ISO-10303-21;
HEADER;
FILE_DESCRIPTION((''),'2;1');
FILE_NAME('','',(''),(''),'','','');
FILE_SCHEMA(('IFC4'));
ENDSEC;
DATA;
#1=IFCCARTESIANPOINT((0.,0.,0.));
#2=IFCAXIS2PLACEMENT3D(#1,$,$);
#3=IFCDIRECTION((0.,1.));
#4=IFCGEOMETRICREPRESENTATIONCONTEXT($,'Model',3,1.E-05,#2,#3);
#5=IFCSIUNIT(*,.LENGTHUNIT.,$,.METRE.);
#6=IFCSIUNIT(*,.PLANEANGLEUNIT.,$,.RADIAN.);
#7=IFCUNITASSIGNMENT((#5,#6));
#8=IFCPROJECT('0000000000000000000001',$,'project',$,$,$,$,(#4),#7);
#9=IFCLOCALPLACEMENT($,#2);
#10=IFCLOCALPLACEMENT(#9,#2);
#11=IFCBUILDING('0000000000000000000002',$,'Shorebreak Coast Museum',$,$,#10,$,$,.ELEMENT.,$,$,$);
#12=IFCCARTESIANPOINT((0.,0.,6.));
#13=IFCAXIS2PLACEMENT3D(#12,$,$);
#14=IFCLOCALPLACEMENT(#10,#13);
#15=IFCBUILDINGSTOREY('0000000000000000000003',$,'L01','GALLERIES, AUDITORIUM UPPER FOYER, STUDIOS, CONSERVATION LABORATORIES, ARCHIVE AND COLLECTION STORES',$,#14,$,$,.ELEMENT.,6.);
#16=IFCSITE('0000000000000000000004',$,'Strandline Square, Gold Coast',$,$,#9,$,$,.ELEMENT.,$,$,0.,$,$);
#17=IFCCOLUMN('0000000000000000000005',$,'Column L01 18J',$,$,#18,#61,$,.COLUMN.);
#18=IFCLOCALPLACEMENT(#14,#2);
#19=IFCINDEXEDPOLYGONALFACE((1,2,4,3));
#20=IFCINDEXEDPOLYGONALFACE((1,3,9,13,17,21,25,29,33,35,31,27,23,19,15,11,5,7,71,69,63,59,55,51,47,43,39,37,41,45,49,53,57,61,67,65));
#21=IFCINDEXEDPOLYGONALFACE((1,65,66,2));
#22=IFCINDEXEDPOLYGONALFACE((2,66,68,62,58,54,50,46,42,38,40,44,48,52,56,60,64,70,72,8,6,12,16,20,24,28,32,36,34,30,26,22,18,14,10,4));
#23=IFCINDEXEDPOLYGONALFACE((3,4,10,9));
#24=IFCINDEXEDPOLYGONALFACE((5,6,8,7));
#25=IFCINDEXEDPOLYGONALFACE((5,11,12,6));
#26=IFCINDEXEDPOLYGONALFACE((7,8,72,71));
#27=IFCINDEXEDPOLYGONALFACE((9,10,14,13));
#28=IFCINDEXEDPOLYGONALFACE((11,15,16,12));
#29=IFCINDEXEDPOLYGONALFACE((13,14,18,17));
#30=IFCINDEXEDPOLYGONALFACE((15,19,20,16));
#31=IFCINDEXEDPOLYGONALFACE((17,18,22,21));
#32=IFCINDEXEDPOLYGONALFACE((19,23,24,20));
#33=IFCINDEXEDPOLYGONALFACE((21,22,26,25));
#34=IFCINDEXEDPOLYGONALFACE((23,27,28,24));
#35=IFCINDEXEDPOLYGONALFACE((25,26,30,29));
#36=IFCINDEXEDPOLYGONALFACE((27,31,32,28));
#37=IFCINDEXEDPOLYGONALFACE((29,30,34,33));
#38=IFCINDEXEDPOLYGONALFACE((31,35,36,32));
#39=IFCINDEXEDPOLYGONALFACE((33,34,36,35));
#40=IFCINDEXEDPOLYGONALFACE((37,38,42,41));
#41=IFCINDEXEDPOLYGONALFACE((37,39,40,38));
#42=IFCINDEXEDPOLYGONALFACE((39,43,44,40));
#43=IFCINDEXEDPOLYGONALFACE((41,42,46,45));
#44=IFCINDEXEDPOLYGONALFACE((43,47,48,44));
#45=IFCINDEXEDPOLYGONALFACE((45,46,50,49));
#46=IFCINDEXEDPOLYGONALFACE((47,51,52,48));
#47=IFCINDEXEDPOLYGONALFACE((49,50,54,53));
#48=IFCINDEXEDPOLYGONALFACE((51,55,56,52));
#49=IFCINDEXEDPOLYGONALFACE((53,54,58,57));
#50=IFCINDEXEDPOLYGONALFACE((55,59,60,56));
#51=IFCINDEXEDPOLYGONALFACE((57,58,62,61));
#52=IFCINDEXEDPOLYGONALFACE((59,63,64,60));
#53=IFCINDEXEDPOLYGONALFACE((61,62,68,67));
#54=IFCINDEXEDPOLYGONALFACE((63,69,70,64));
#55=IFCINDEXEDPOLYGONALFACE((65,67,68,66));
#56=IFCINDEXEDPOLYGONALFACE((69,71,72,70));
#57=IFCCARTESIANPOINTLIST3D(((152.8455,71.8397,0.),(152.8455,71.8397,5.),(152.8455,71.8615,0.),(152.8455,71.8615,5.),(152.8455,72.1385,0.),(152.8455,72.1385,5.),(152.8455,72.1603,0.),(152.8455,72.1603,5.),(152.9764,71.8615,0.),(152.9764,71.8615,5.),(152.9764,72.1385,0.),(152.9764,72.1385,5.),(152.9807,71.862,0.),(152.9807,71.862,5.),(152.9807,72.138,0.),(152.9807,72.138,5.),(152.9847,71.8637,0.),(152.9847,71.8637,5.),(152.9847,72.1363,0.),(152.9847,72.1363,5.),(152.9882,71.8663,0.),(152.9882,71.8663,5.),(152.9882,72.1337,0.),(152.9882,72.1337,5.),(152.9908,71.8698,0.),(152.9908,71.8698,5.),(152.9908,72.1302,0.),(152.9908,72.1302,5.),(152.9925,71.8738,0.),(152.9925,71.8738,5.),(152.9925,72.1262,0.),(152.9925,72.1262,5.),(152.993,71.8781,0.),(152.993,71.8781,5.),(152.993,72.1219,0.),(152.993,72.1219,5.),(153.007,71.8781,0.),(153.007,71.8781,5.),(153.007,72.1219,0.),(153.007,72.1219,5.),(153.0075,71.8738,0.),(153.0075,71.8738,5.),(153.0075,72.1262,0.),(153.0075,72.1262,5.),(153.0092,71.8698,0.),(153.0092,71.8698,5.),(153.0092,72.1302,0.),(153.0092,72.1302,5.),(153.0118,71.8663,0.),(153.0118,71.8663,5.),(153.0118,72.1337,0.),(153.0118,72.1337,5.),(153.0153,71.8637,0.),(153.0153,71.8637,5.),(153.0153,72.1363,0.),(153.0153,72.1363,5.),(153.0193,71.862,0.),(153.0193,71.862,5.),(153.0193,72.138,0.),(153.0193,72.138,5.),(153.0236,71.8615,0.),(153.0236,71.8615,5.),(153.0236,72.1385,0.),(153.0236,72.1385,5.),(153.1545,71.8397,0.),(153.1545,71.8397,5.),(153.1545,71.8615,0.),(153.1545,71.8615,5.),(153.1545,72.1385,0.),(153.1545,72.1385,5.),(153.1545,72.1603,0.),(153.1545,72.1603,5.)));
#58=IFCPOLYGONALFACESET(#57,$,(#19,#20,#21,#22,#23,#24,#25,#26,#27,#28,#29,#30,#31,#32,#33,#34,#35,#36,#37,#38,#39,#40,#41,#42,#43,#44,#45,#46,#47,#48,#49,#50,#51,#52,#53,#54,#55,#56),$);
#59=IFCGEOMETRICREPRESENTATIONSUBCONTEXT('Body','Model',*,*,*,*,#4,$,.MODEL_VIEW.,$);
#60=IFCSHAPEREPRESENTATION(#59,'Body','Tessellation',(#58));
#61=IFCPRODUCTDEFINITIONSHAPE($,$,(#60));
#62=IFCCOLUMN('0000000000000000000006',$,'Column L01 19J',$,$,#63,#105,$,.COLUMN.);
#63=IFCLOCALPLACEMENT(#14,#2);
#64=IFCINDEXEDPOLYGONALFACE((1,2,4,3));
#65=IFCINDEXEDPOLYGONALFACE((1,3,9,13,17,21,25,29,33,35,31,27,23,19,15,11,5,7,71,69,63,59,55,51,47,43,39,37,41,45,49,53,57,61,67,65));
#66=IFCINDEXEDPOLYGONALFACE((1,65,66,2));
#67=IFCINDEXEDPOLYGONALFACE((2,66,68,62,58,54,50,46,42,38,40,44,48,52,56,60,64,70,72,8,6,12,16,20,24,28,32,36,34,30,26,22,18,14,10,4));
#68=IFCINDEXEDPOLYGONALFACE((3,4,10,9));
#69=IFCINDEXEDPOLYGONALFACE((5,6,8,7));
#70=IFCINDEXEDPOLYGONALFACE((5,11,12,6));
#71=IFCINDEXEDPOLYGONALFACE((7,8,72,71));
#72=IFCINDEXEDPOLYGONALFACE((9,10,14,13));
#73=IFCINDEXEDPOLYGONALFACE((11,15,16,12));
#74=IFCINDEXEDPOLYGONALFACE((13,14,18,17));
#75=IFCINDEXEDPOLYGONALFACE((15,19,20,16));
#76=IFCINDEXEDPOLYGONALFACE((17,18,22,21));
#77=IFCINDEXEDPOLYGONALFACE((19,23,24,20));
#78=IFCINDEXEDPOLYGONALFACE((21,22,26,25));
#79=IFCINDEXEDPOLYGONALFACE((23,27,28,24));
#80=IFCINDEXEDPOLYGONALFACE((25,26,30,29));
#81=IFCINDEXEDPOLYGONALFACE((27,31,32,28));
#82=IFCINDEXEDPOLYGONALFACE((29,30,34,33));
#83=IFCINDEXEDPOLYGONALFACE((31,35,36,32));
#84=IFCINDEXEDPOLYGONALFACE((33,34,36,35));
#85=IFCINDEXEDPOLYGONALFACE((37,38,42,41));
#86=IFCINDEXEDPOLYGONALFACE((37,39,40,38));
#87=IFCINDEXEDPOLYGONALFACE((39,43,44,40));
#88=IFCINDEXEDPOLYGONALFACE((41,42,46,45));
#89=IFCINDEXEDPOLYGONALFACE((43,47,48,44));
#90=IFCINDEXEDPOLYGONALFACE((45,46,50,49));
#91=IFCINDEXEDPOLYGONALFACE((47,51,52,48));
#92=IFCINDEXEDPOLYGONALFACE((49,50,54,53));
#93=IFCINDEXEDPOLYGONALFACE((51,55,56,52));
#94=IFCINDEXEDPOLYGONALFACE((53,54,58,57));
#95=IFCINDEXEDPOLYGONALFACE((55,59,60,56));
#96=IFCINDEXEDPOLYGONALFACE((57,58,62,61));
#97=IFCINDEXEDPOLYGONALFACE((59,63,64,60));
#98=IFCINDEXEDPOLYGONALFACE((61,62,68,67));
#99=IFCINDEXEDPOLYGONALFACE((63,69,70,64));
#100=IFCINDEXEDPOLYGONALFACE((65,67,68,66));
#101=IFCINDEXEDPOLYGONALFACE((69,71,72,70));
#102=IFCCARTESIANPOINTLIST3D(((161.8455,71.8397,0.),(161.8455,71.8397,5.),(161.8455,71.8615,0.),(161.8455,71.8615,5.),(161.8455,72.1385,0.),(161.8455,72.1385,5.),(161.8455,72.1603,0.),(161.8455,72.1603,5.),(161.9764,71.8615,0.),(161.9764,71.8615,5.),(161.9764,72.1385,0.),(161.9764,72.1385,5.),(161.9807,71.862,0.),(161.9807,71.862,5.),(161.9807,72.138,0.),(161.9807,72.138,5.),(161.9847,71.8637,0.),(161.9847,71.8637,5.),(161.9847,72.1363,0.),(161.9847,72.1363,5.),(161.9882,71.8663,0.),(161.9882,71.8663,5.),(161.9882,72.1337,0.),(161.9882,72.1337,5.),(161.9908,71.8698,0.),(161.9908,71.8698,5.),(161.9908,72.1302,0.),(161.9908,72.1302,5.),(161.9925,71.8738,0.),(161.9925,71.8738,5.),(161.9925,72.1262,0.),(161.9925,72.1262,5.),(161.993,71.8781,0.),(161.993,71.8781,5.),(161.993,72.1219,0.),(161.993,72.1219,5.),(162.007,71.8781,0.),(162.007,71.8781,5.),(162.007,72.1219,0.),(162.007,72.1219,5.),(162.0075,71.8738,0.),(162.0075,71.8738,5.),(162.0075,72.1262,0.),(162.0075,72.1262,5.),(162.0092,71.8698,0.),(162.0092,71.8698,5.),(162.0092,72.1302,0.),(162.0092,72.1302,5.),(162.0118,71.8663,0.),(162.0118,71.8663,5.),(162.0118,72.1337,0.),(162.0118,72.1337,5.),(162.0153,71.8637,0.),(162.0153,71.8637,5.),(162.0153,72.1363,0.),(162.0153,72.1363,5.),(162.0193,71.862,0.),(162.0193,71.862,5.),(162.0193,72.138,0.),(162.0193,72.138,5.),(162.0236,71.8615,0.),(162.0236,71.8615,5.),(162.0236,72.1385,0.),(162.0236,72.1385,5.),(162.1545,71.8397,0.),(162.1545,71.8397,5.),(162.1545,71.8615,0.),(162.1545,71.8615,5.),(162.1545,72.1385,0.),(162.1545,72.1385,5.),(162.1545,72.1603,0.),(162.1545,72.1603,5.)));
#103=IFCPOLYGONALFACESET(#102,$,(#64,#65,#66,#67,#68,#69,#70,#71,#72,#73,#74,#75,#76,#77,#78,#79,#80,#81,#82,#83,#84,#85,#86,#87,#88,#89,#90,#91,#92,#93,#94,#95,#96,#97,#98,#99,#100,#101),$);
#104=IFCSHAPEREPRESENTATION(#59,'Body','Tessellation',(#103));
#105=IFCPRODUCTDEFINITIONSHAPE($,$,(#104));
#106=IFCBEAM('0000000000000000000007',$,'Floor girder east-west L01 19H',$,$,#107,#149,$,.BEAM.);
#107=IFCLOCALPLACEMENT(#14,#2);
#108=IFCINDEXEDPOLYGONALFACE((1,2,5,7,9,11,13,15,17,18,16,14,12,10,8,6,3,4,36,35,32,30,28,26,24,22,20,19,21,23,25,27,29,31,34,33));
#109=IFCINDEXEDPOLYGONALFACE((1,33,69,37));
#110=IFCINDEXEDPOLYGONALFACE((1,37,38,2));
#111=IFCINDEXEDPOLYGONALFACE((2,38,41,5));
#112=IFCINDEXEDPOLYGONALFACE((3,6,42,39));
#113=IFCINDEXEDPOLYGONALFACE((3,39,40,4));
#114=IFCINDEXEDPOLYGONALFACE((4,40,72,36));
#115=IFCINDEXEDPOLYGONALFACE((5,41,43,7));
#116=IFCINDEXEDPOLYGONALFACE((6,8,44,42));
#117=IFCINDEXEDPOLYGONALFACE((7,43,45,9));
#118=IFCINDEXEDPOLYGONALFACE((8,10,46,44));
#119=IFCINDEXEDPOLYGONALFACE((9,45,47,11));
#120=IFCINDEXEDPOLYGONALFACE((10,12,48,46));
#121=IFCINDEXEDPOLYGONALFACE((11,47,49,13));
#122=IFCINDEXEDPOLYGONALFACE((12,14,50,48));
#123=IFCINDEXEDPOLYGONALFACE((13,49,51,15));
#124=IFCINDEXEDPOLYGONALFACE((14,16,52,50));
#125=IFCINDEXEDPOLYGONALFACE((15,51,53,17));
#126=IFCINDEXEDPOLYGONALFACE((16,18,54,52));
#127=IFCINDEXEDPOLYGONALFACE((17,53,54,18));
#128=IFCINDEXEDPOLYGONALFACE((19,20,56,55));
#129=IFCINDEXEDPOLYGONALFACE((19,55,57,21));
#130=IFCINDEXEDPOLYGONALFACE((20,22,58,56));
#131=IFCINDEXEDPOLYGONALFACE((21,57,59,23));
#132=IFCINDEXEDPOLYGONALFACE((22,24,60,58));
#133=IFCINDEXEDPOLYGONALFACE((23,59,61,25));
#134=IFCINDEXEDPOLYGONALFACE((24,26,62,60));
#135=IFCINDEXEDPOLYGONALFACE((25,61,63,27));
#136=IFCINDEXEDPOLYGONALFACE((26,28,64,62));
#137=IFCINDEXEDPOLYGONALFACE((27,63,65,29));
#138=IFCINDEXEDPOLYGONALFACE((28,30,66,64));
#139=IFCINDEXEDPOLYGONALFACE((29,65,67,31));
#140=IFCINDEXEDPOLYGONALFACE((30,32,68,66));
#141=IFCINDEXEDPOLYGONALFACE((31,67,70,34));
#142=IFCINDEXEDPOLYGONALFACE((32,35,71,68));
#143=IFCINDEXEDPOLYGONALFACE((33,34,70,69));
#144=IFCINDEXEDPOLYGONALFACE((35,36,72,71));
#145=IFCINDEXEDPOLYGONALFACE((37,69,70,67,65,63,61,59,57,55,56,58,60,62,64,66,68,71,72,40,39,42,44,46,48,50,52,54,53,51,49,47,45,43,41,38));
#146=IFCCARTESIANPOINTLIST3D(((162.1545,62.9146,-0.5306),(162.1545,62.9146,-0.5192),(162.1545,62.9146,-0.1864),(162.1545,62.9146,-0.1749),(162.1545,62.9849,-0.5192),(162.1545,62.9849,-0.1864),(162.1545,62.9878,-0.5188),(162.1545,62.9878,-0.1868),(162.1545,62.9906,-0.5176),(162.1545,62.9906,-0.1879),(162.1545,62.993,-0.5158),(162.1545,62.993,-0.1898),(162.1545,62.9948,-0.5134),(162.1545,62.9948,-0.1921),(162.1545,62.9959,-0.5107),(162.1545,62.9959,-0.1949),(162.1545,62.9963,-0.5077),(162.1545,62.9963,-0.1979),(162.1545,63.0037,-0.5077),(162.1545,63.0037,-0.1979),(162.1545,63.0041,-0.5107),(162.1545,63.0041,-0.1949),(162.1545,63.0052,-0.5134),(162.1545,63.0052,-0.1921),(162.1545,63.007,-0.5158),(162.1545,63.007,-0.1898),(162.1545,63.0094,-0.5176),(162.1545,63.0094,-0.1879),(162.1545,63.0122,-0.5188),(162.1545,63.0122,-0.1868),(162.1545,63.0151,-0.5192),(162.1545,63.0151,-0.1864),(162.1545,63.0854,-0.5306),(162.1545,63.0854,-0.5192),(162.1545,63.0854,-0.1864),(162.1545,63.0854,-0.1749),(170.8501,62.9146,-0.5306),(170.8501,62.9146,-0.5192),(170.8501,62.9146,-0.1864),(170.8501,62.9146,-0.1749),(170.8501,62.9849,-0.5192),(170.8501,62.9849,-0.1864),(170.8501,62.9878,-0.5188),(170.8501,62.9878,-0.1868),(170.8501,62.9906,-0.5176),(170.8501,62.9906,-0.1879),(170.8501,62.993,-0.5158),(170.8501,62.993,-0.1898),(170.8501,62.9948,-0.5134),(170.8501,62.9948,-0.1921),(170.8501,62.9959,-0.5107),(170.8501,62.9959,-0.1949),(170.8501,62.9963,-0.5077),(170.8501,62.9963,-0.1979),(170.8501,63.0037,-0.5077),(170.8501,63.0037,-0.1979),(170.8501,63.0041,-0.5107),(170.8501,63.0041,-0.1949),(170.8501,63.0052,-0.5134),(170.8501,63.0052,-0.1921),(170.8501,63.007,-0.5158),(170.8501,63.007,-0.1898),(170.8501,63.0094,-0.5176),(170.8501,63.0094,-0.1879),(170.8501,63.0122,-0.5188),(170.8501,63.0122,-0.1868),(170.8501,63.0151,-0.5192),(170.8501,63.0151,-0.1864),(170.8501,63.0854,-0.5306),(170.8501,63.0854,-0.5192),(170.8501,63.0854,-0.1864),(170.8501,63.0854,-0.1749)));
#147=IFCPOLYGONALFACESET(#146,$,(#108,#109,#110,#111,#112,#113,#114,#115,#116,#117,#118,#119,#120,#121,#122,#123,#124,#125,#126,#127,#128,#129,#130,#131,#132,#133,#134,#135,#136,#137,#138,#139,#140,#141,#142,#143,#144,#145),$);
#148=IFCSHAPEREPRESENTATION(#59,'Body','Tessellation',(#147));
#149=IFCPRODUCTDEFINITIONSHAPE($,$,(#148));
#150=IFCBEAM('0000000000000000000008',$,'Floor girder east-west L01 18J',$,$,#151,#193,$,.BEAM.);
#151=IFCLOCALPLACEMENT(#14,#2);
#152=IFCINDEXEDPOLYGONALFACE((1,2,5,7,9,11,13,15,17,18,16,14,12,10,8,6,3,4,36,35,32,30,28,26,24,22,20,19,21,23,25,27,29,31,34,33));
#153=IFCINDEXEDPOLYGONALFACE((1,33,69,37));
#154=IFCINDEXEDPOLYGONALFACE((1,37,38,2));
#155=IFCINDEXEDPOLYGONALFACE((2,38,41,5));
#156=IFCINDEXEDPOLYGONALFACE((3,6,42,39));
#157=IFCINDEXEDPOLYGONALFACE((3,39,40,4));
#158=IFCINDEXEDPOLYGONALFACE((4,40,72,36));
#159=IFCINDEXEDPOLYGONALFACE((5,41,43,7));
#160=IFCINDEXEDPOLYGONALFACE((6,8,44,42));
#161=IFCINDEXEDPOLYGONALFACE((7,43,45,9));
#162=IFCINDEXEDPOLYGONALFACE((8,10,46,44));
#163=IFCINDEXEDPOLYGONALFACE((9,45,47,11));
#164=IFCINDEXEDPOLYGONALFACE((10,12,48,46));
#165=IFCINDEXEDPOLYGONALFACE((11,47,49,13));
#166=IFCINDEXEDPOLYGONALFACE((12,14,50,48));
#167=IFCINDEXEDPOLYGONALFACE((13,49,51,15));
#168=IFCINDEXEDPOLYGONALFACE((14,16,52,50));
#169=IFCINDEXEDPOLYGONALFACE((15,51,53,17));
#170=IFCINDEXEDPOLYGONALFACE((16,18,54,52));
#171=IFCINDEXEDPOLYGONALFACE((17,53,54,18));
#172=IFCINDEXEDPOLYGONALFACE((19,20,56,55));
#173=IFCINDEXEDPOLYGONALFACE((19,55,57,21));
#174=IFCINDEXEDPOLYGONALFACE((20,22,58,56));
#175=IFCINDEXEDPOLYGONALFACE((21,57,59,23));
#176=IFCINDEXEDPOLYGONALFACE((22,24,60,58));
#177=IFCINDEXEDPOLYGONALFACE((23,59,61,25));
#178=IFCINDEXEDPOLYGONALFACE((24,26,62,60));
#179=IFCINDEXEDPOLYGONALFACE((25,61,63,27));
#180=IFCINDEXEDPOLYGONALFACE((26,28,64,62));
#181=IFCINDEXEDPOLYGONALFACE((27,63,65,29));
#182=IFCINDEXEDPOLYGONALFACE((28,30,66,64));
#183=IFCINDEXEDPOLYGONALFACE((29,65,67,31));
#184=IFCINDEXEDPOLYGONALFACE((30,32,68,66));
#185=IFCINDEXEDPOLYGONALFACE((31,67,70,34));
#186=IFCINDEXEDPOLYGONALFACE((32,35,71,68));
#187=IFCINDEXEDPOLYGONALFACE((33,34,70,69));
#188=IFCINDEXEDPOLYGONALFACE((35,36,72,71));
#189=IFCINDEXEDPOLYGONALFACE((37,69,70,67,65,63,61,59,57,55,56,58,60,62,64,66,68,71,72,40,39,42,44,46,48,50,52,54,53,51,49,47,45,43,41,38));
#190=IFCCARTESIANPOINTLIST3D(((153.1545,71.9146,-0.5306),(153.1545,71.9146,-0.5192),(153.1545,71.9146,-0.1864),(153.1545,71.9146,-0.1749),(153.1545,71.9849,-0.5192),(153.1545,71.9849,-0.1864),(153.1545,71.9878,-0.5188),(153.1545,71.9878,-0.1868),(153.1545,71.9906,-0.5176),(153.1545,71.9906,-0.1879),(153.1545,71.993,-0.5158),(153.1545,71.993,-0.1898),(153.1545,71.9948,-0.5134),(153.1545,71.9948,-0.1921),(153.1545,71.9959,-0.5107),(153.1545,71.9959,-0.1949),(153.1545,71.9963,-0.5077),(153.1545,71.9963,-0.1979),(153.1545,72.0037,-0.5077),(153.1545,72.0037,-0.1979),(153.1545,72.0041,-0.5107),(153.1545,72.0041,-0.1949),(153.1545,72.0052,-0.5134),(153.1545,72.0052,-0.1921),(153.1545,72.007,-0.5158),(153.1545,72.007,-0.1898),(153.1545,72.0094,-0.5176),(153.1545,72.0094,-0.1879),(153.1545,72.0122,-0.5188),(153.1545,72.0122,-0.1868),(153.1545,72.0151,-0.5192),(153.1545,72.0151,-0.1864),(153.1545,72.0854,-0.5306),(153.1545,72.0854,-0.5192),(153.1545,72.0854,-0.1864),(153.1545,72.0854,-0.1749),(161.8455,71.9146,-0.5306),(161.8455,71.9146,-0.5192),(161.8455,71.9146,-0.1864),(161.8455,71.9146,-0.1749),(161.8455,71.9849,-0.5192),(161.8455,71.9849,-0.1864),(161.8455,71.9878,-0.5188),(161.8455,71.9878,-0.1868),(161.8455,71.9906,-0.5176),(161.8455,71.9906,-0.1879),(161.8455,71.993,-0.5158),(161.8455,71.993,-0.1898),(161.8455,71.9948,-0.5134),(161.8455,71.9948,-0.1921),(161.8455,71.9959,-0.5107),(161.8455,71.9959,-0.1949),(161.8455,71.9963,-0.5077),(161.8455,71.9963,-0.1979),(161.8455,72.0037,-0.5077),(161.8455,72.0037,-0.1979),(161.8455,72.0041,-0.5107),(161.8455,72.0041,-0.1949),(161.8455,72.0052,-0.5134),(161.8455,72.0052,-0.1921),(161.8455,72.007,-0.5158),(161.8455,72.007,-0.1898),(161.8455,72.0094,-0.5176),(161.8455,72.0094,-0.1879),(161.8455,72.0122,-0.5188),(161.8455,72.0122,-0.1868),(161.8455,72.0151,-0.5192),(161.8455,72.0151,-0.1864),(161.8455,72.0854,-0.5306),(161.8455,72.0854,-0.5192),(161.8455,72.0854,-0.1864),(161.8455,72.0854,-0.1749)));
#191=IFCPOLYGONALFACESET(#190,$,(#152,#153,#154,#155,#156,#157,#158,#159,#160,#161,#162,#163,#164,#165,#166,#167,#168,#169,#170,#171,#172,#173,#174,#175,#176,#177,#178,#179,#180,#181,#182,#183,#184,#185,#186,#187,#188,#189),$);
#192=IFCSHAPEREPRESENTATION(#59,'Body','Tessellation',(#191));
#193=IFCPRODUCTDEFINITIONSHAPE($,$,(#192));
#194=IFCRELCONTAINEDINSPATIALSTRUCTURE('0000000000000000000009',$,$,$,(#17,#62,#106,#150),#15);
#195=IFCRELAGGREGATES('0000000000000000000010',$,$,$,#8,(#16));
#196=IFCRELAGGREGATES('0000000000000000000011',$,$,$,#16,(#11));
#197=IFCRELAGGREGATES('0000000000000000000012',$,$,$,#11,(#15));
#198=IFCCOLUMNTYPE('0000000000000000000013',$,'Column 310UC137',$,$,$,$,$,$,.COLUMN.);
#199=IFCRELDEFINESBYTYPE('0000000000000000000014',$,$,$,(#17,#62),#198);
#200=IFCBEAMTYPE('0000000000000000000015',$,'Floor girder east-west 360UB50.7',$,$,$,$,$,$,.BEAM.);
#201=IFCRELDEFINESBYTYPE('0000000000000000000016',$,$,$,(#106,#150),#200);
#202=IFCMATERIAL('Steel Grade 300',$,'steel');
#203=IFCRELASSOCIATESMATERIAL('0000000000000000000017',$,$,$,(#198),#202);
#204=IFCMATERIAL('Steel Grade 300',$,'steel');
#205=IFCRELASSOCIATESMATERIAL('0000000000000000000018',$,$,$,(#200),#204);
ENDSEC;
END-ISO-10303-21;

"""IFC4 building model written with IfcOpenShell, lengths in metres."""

from ifc_helpers import new_model, si_unit, direction, frame, origin, origin_2d, place, context, subcontext, project, spatial, i_section, extrude, material, material_profile, profile_set, type_object, element, save


model = new_model("IFC4")

# Units and contexts
model_context = context("Model", 3, precision=1e-05, world=origin(), true_north=direction((0.0, 1.0)))
body_context = subcontext(model_context, "Body", "Model", "MODEL_VIEW")
ifc_project = project(units=[si_unit("LENGTHUNIT", "METRE"), si_unit("PLANEANGLEUNIT", "RADIAN")], contexts=[model_context])

# Site, building, storey
site_placement = place(None, origin())
site = spatial("IfcSite", under=ifc_project, at=site_placement, Name="Strandline Square, Gold Coast", CompositionType="ELEMENT", RefElevation=0.0)
building_placement = place(site_placement, origin())
building = spatial("IfcBuilding", under=site, at=building_placement, Name="Shorebreak Coast Museum", CompositionType="ELEMENT")
storey_placement = place(building_placement, frame((0.0, 0.0, 6.0)))
storey = spatial("IfcBuildingStorey", under=building, at=storey_placement, Name="L01", Description="GALLERIES, AUDITORIUM UPPER FOYER, STUDIOS, CONSERVATION LABORATORIES, ARCHIVE AND COLLECTION STORES", CompositionType="ELEMENT", Elevation=6.0)

# Columns
ifc_material_1 = material(Name="Steel Grade 300", Category="steel")
ifc_material_profile_1 = material_profile(ifc_material_1, i_section(OverallWidth=0.3091, OverallDepth=0.3206, WebThickness=0.0139, FlangeThickness=0.0217, FilletRadius=0.0166, at=origin_2d()), Name="310UC137")
ifc_profile_set_1 = profile_set([ifc_material_profile_1], Name="Steel Grade 300")
column_type = type_object("IfcColumnType", Name="Column 310UC137", PredefinedType="COLUMN", material=ifc_profile_set_1)
for number, where, z_axis, x_axis, name in (
    (1, (153.0, 72.0, 0.0), (0.0, 0.0, 1.0), (1.0, 0.0, 0.0), "Column L01 18J"),
    (2, (162.0, 72.0, 0.0), (0.0, 0.0, 1.0), (1.0, 0.0, 0.0), "Column L01 19J"),
):
    element("IfcColumn", number, at=place(storey_placement, frame(where, z_axis=z_axis, x_axis=x_axis)), inside=storey, type_object=column_type, Name=name, PredefinedType="COLUMN", context=body_context, shape_type="SweptSolid", body=[
        extrude(i_section(OverallWidth=0.3091, OverallDepth=0.3206, WebThickness=0.0139, FlangeThickness=0.0217, FilletRadius=0.0166, at=origin_2d()), origin(), (0.0, 0.0, 1.0), 5.0),
    ])

# Beams
ifc_material_2 = material(Name="Steel Grade 300", Category="steel")
ifc_material_profile_2 = material_profile(ifc_material_2, i_section(OverallWidth=0.1709, OverallDepth=0.3557, WebThickness=0.0073, FlangeThickness=0.0115, FilletRadius=0.0115, at=origin_2d()), Name="360UB50.7")
ifc_profile_set_2 = profile_set([ifc_material_profile_2], Name="Steel Grade 300")
beam_type_1 = type_object("IfcBeamType", Name="Floor girder east-west 360UB50.7", PredefinedType="BEAM", material=ifc_profile_set_2)
beam_1_placement = place(storey_placement, frame((162.1545, 63.0, -0.3528), z_axis=(1.0, 0.0, 0.0), x_axis=(0.0, 1.0, 0.0)))
element("IfcBeam", 3, at=beam_1_placement, inside=storey, type_object=beam_type_1, Name="Floor girder east-west L01 19H", PredefinedType="BEAM", context=body_context, shape_type="SweptSolid", body=[
    extrude(i_section(OverallWidth=0.1709, OverallDepth=0.3557, WebThickness=0.0073, FlangeThickness=0.0115, FilletRadius=0.0115, at=origin_2d()), origin(), (0.0, 0.0, 1.0), 8.6956),
])
beam_2_placement = place(storey_placement, frame((153.1545, 72.0, -0.3528), z_axis=(1.0, 0.0, 0.0), x_axis=(0.0, 1.0, 0.0)))
element("IfcBeam", 4, at=beam_2_placement, inside=storey, type_object=beam_type_1, Name="Floor girder east-west L01 18J", PredefinedType="BEAM", context=body_context, shape_type="SweptSolid", body=[
    extrude(i_section(OverallWidth=0.1709, OverallDepth=0.3557, WebThickness=0.0073, FlangeThickness=0.0115, FilletRadius=0.0115, at=origin_2d()), origin(), (0.0, 0.0, 1.0), 8.6909),
])

save(model, "model.ifc")
